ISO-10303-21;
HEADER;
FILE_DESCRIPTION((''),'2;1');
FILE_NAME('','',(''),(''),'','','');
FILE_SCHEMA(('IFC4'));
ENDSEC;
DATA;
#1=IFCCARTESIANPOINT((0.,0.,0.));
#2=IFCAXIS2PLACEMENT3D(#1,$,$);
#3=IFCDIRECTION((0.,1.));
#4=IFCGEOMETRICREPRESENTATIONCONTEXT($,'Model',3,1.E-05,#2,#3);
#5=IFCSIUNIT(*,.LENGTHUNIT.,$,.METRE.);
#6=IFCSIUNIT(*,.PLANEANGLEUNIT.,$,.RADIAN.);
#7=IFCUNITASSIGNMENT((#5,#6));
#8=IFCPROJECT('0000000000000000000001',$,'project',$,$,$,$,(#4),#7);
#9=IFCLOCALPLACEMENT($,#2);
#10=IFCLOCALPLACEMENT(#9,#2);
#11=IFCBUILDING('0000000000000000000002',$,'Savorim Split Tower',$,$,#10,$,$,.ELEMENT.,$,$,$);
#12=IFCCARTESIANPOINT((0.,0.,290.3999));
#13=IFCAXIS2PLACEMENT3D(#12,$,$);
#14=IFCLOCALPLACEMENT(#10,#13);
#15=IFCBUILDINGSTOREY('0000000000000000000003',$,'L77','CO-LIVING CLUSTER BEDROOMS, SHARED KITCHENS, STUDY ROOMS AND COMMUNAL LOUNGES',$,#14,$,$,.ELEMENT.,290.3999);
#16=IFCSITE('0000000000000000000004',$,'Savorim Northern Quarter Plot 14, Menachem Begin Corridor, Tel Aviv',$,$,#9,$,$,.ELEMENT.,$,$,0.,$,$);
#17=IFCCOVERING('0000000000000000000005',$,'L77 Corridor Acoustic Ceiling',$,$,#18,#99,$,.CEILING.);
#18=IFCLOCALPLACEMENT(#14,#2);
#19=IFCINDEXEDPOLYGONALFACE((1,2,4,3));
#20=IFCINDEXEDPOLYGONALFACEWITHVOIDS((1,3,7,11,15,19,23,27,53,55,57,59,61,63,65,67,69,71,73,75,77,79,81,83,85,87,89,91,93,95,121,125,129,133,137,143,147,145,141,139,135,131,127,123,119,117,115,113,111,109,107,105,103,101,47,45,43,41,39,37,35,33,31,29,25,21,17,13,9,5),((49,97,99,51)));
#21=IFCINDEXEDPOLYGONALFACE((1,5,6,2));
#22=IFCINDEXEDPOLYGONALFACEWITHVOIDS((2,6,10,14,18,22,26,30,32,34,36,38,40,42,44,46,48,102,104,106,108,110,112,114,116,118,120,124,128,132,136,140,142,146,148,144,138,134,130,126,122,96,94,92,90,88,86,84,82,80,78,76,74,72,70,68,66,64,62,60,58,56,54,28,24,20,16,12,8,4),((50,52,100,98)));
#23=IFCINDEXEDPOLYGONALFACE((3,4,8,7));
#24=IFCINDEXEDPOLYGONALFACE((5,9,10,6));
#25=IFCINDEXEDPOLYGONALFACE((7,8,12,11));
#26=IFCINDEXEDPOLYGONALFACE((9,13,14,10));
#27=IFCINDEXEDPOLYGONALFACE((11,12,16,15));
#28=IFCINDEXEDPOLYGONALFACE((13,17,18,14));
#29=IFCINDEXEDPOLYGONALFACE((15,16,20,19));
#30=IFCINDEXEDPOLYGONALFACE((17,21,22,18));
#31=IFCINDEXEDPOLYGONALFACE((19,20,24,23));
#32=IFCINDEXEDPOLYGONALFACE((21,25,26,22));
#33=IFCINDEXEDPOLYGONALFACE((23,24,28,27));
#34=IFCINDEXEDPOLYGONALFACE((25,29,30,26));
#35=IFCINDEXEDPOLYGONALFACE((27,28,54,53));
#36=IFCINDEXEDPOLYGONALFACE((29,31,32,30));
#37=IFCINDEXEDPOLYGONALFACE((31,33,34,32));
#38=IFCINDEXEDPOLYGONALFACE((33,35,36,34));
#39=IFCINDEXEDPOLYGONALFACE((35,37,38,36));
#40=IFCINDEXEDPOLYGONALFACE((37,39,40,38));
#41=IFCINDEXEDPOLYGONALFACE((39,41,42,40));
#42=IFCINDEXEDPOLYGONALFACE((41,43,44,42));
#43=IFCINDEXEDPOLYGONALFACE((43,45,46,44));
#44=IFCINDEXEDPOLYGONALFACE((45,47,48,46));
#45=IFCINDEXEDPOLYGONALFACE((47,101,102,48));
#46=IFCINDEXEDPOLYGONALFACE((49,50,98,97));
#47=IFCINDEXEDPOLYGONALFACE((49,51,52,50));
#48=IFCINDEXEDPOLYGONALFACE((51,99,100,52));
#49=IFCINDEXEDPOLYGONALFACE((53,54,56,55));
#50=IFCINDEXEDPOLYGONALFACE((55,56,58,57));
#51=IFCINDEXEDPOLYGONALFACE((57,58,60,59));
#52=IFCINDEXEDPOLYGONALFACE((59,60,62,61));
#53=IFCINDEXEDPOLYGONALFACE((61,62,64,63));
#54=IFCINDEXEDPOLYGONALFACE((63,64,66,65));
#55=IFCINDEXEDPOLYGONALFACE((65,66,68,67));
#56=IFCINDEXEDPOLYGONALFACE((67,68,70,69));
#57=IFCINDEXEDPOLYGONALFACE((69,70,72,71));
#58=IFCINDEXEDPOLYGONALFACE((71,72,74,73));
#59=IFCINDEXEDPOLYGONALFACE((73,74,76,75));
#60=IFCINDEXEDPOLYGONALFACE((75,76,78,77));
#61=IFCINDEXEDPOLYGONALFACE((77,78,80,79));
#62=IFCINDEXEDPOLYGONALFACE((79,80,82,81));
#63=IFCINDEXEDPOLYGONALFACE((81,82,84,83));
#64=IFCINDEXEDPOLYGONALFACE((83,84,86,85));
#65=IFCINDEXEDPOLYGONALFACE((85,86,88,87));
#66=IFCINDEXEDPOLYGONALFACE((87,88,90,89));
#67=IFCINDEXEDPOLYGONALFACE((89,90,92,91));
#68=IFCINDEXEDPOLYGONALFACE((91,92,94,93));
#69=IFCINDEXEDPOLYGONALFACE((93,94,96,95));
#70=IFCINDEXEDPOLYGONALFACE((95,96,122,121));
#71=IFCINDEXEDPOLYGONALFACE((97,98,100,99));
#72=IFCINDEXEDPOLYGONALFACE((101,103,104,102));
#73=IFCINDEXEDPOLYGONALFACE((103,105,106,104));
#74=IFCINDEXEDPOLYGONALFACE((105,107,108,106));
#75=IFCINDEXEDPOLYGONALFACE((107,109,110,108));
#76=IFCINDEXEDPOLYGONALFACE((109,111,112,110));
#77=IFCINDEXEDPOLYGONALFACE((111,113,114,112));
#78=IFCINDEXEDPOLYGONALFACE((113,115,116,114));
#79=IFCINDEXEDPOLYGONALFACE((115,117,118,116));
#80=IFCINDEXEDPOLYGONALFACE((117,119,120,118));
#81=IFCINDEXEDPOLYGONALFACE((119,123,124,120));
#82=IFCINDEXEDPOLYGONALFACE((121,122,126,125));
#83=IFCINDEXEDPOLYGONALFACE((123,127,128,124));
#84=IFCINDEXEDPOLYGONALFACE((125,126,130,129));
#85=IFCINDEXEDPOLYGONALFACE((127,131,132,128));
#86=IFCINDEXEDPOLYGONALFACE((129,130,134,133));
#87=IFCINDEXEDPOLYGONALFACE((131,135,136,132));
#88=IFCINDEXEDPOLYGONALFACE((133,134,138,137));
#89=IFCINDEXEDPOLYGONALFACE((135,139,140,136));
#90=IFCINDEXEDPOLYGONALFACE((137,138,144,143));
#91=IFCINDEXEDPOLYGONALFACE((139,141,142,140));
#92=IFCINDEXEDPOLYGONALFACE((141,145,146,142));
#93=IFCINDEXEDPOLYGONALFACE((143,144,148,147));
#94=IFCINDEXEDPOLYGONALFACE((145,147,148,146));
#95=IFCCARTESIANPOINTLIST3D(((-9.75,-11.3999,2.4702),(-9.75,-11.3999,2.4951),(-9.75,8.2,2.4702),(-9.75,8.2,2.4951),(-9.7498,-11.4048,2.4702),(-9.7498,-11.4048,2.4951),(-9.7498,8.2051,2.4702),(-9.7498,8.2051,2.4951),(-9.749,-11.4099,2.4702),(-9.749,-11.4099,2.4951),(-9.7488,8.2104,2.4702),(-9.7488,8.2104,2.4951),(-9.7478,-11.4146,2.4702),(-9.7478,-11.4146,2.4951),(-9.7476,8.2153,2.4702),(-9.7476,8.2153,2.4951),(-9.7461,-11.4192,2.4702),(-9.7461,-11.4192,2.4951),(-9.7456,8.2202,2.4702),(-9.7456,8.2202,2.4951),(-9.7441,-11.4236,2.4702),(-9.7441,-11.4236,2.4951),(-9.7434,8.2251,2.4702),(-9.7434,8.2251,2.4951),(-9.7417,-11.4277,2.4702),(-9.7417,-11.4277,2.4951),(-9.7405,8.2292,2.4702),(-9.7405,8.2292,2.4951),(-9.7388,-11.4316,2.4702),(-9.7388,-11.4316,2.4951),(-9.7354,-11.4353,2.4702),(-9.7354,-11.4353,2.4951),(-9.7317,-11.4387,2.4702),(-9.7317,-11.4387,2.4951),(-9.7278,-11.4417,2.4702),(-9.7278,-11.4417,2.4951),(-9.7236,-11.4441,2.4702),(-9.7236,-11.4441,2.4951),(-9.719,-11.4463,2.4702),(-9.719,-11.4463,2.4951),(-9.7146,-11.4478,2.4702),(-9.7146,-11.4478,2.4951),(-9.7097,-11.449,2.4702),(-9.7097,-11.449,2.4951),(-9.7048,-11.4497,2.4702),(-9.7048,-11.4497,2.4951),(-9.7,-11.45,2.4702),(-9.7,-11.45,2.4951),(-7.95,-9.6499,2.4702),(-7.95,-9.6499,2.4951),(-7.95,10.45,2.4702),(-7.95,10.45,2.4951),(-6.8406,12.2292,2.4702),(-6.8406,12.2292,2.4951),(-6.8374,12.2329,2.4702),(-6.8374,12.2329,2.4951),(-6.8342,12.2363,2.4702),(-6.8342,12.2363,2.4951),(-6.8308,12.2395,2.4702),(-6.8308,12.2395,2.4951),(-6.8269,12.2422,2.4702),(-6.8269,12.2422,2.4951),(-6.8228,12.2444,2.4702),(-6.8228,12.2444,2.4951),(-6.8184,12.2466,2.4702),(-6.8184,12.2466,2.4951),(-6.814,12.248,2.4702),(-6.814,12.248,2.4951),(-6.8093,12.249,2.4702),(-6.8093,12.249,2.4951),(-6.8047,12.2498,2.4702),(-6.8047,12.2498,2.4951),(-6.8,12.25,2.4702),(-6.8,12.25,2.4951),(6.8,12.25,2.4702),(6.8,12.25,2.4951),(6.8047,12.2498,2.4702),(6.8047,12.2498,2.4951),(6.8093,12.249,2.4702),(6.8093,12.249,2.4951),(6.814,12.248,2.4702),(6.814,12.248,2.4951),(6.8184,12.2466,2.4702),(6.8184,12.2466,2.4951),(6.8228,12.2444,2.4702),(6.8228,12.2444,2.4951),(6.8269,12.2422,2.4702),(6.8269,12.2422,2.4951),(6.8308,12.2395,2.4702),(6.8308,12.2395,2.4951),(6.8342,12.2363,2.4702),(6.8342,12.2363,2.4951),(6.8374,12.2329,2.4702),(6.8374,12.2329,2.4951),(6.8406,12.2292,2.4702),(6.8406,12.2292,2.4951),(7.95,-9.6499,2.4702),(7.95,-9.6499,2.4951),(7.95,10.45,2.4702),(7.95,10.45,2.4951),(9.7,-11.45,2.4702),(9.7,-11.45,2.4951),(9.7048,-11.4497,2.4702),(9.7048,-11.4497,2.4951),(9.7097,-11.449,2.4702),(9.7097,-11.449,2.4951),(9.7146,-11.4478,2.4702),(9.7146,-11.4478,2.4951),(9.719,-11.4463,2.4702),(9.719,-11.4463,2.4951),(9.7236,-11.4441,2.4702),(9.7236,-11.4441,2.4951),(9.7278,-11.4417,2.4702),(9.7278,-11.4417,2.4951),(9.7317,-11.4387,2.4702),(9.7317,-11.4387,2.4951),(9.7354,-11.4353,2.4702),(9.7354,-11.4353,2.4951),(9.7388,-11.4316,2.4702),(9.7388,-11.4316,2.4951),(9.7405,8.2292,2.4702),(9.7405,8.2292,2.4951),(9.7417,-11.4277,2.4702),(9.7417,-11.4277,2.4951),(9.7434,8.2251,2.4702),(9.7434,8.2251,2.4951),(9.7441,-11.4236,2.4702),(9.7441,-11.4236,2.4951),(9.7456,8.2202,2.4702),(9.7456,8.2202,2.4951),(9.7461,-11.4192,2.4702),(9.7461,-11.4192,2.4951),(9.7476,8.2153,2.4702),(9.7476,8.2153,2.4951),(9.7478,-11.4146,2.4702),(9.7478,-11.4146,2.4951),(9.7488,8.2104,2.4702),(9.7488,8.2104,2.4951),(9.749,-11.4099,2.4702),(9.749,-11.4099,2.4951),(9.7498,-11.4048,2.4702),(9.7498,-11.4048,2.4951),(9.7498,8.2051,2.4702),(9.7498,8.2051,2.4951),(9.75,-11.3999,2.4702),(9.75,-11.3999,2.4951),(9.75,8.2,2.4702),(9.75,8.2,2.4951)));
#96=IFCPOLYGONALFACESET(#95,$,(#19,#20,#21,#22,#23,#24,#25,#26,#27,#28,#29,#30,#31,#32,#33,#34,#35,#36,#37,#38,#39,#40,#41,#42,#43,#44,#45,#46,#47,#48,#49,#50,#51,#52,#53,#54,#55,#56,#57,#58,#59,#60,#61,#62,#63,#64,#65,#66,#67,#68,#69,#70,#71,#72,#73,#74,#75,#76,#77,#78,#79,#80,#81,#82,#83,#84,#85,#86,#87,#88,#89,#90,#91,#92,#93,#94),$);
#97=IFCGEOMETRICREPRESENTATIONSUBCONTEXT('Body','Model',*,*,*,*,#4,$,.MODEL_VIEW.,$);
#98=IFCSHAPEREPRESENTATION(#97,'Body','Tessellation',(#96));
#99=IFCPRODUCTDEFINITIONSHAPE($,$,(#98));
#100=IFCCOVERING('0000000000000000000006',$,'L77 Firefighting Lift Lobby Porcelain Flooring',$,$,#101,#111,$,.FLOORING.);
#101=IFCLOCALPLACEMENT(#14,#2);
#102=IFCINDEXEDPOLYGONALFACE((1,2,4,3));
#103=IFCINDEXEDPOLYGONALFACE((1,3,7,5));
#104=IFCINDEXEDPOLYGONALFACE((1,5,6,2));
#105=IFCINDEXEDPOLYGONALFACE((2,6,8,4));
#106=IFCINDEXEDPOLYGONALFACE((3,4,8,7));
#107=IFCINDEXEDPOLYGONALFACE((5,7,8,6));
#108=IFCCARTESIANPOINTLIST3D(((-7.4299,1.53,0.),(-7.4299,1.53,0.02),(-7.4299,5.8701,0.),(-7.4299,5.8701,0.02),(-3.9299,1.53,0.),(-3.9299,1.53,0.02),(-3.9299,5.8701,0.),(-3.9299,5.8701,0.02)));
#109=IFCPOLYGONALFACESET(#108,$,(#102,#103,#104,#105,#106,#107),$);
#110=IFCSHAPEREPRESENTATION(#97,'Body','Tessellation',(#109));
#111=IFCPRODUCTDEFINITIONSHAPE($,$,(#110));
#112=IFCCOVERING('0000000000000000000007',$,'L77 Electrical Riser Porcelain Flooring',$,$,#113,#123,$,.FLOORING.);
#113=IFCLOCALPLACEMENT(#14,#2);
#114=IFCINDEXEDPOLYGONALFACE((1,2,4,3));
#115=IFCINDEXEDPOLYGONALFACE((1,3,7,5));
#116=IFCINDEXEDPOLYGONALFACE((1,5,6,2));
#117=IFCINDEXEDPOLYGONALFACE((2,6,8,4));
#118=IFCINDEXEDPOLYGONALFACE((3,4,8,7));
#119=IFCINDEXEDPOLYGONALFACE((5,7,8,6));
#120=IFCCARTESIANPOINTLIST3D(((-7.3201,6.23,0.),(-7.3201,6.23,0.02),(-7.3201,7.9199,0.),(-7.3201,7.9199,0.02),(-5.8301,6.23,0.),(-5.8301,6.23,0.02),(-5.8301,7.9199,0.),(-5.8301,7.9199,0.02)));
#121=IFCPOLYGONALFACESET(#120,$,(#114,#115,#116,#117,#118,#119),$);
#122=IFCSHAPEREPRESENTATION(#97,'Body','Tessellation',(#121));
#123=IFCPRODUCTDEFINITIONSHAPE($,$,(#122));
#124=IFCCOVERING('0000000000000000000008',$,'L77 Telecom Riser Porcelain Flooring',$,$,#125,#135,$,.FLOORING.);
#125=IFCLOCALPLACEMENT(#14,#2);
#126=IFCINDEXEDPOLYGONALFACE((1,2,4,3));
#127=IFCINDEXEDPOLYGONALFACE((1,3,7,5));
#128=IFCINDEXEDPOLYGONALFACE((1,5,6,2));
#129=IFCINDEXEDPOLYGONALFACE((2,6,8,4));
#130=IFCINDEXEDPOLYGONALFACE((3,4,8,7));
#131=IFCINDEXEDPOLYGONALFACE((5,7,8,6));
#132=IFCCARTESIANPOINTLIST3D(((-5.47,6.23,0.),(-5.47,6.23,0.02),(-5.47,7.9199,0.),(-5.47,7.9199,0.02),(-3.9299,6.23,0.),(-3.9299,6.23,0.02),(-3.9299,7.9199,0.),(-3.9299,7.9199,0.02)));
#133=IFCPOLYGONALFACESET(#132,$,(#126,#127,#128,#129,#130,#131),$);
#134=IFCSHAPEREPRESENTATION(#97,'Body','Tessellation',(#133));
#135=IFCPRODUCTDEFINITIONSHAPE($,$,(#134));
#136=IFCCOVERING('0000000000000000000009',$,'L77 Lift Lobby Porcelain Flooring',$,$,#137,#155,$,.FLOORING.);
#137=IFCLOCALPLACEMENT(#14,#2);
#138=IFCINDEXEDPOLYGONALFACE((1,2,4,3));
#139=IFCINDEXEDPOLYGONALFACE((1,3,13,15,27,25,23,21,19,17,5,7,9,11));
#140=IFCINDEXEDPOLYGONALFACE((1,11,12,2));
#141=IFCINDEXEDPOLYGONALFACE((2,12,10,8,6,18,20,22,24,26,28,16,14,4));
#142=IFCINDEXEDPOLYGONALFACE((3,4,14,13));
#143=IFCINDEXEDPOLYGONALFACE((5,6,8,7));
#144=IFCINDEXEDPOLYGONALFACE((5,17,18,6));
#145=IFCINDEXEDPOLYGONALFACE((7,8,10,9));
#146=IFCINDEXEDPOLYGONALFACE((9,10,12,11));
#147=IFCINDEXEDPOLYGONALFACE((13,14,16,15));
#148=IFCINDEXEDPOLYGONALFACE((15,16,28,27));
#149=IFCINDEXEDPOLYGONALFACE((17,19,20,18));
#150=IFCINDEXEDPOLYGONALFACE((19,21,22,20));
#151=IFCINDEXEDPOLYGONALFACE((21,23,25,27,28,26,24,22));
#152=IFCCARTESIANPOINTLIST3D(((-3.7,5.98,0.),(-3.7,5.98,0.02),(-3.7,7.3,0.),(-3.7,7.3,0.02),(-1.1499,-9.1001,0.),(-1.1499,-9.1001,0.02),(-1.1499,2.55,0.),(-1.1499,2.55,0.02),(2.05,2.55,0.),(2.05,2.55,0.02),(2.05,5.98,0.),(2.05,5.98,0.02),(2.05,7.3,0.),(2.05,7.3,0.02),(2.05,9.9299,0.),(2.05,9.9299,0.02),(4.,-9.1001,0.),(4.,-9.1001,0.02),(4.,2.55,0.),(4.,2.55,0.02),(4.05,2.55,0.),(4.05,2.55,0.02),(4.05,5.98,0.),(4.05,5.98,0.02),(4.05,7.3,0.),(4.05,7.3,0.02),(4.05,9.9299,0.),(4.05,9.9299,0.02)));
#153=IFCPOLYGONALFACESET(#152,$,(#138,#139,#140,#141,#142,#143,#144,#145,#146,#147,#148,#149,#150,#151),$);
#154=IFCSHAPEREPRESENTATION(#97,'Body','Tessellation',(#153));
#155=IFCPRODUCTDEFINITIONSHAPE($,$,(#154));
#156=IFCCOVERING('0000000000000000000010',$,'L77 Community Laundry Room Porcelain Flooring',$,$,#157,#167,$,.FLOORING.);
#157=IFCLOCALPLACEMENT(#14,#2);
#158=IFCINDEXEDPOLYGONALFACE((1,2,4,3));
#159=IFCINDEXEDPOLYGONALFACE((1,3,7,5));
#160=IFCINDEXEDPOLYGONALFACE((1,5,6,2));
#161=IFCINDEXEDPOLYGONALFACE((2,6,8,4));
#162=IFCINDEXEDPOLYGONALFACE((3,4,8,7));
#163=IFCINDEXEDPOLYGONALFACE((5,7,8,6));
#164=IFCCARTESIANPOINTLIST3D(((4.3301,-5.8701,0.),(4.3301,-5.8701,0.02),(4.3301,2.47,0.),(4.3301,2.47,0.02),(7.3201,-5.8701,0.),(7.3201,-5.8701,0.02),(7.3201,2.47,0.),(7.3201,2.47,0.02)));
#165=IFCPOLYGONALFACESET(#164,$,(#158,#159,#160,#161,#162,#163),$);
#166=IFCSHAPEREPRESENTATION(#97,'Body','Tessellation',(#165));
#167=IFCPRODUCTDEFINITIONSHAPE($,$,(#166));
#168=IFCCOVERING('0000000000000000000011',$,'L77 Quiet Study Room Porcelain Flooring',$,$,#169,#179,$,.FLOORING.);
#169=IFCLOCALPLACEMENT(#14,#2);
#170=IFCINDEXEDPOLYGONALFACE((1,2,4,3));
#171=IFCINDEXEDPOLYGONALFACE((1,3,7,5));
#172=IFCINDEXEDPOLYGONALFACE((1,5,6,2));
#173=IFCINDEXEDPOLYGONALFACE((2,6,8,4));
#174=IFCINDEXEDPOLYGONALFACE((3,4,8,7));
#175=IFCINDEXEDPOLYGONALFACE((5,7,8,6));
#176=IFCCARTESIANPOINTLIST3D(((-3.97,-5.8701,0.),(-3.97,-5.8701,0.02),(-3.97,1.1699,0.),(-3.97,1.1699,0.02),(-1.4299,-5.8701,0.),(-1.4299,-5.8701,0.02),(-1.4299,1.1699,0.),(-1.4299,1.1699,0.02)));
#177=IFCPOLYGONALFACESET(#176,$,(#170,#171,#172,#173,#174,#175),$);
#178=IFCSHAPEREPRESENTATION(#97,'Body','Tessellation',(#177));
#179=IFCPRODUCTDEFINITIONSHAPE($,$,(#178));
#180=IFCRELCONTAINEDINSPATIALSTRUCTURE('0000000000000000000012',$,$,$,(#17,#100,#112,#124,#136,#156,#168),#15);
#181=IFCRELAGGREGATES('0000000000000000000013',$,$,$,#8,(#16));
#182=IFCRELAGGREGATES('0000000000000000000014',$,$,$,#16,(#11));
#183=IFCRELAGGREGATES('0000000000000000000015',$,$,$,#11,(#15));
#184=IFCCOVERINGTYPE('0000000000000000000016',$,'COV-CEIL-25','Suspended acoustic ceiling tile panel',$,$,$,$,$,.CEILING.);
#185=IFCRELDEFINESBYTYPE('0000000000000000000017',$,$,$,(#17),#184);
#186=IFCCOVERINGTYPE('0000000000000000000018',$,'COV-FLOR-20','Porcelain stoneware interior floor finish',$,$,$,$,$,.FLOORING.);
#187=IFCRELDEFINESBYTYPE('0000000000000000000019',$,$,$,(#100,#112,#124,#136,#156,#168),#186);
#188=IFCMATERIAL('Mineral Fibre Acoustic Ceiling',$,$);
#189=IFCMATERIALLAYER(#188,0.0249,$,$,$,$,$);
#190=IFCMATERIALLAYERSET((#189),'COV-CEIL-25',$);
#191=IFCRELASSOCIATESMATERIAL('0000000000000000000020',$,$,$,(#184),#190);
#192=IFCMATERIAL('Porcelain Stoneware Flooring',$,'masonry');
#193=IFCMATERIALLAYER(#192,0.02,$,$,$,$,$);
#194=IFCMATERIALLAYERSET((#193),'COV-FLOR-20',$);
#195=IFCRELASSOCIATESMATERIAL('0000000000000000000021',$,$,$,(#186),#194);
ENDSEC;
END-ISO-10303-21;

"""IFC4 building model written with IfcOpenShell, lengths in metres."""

from ifc_helpers import new_model, si_unit, direction, frame, origin, place, context, subcontext, project, spatial, polyline, outline, extrude, material, layer, layer_set, type_object, element, save


model = new_model("IFC4")

# Units and contexts
model_context = context("Model", 3, precision=1e-05, world=origin(), true_north=direction((0.0, 1.0)))
body_context = subcontext(model_context, "Body", "Model", "MODEL_VIEW")
ifc_project = project(units=[si_unit("LENGTHUNIT", "METRE"), si_unit("PLANEANGLEUNIT", "RADIAN")], contexts=[model_context])

# Site, building, storey
site_placement = place(None, origin())
site = spatial("IfcSite", under=ifc_project, at=site_placement, Name="Savorim Northern Quarter Plot 14, Menachem Begin Corridor, Tel Aviv", CompositionType="ELEMENT", RefElevation=0.0)
building_placement = place(site_placement, origin())
building = spatial("IfcBuilding", under=site, at=building_placement, Name="Savorim Split Tower", CompositionType="ELEMENT")
storey_placement = place(building_placement, frame((0.0, 0.0, 290.3999)))
storey = spatial("IfcBuildingStorey", under=building, at=storey_placement, Name="L77", Description="CO-LIVING CLUSTER BEDROOMS, SHARED KITCHENS, STUDY ROOMS AND COMMUNAL LOUNGES", CompositionType="ELEMENT", Elevation=290.3999)

# Coverings
ifc_material_1 = material(Name="Mineral Fibre Acoustic Ceiling")
ifc_layer_1 = layer(ifc_material_1, 0.0249)
ifc_layer_set_1 = layer_set([ifc_layer_1], Name="COV-CEIL-25")
covering_type_1 = type_object("IfcCoveringType", Name="COV-CEIL-25", Description="Suspended acoustic ceiling tile panel", PredefinedType="CEILING", material=ifc_layer_set_1)
covering_1_placement = place(storey_placement, frame((0.0, 0.0, 2.4702)))
element("IfcCovering", 1, at=covering_1_placement, inside=storey, type_object=covering_type_1, Name="L77 Corridor Acoustic Ceiling", PredefinedType="CEILING", context=body_context, shape_type="SweptSolid", body=[
    extrude(outline(polyline([(6.8093, 12.249), (6.8047, 12.2498), (6.8, 12.25), (-6.8, 12.25), (-6.8047, 12.2498), (-6.8093, 12.249), (-6.814, 12.248), (-6.8184, 12.2466), (-6.8228, 12.2444), (-6.8269, 12.2422), (-6.8308, 12.2395), (-6.8342, 12.2363), (-6.8374, 12.2329), (-6.8406, 12.2292), (-9.7405, 8.2292), (-9.7434, 8.2251), (-9.7456, 8.2202), (-9.7476, 8.2153), (-9.7488, 8.2104), (-9.7498, 8.2051), (-9.75, 8.2), (-9.75, -11.3999), (-9.7498, -11.4048), (-9.749, -11.4099), (-9.7478, -11.4146), (-9.7461, -11.4192), (-9.7441, -11.4236), (-9.7417, -11.4277), (-9.7388, -11.4316), (-9.7354, -11.4353), (-9.7317, -11.4387), (-9.7278, -11.4417), (-9.7236, -11.4441), (-9.719, -11.4463), (-9.7146, -11.4478), (-9.7097, -11.449), (-9.7048, -11.4497), (-9.7, -11.45), (9.7, -11.45), (9.7048, -11.4497), (9.7097, -11.449), (9.7146, -11.4478), (9.719, -11.4463), (9.7236, -11.4441), (9.7278, -11.4417), (9.7317, -11.4387), (9.7354, -11.4353), (9.7388, -11.4316), (9.7417, -11.4277), (9.7441, -11.4236), (9.7461, -11.4192), (9.7478, -11.4146), (9.749, -11.4099), (9.7498, -11.4048), (9.75, -11.3999), (9.75, 8.2), (9.7498, 8.2051), (9.7488, 8.2104), (9.7476, 8.2153), (9.7456, 8.2202), (9.7434, 8.2251), (9.7405, 8.2292), (6.8406, 12.2292), (6.8374, 12.2329), (6.8342, 12.2363), (6.8308, 12.2395), (6.8269, 12.2422), (6.8228, 12.2444), (6.8184, 12.2466), (6.814, 12.248), (6.8093, 12.249)]), holes=[polyline([(-7.95, 10.45), (-7.95, -9.6499), (7.95, -9.6499), (7.95, 10.45), (-7.95, 10.45)])]), origin(), (0.0, 0.0, 1.0), 0.0249),
])
ifc_material_2 = material(Name="Porcelain Stoneware Flooring", Category="masonry")
ifc_layer_2 = layer(ifc_material_2, 0.02)
ifc_layer_set_2 = layer_set([ifc_layer_2], Name="COV-FLOR-20")
covering_type_2 = type_object("IfcCoveringType", Name="COV-FLOR-20", Description="Porcelain stoneware interior floor finish", PredefinedType="FLOORING", material=ifc_layer_set_2)
covering_2_placement = place(storey_placement, origin())
element("IfcCovering", 2, at=covering_2_placement, inside=storey, type_object=covering_type_2, Name="L77 Firefighting Lift Lobby Porcelain Flooring", PredefinedType="FLOORING", context=body_context, shape_type="SweptSolid", body=[
    extrude(outline(polyline([(-7.4299, 5.8701), (-7.4299, 1.53), (-3.9299, 1.53), (-3.9299, 5.8701), (-7.4299, 5.8701)])), origin(), (0.0, 0.0, 1.0), 0.02),
])
covering_3_placement = place(storey_placement, origin())
element("IfcCovering", 3, at=covering_3_placement, inside=storey, type_object=covering_type_2, Name="L77 Electrical Riser Porcelain Flooring", PredefinedType="FLOORING", context=body_context, shape_type="SweptSolid", body=[
    extrude(outline(polyline([(-7.3201, 7.9199), (-7.3201, 6.23), (-5.8301, 6.23), (-5.8301, 7.9199), (-7.3201, 7.9199)])), origin(), (0.0, 0.0, 1.0), 0.02),
])
covering_4_placement = place(storey_placement, origin())
element("IfcCovering", 4, at=covering_4_placement, inside=storey, type_object=covering_type_2, Name="L77 Telecom Riser Porcelain Flooring", PredefinedType="FLOORING", context=body_context, shape_type="SweptSolid", body=[
    extrude(outline(polyline([(-5.47, 7.9199), (-5.47, 6.23), (-3.9299, 6.23), (-3.9299, 7.9199), (-5.47, 7.9199)])), origin(), (0.0, 0.0, 1.0), 0.02),
])
covering_5_placement = place(storey_placement, origin())
element("IfcCovering", 5, at=covering_5_placement, inside=storey, type_object=covering_type_2, Name="L77 Lift Lobby Porcelain Flooring", PredefinedType="FLOORING", context=body_context, shape_type="SweptSolid", body=[
    extrude(outline(polyline([(2.05, 2.55), (-1.1499, 2.55), (-1.1499, -9.1001), (4.0, -9.1001), (4.0, 2.55), (4.05, 2.55), (4.05, 5.98), (4.05, 7.3), (4.05, 9.9299), (2.05, 9.9299), (2.05, 7.3), (-3.7, 7.3), (-3.7, 5.98), (2.05, 5.98), (2.05, 2.55)])), origin(), (0.0, 0.0, 1.0), 0.02),
])
covering_6_placement = place(storey_placement, origin())
element("IfcCovering", 6, at=covering_6_placement, inside=storey, type_object=covering_type_2, Name="L77 Community Laundry Room Porcelain Flooring", PredefinedType="FLOORING", context=body_context, shape_type="SweptSolid", body=[
    extrude(outline(polyline([(4.3301, 2.47), (4.3301, -5.8701), (7.3201, -5.8701), (7.3201, 2.47), (4.3301, 2.47)])), origin(), (0.0, 0.0, 1.0), 0.02),
])
covering_7_placement = place(storey_placement, origin())
element("IfcCovering", 7, at=covering_7_placement, inside=storey, type_object=covering_type_2, Name="L77 Quiet Study Room Porcelain Flooring", PredefinedType="FLOORING", context=body_context, shape_type="SweptSolid", body=[
    extrude(outline(polyline([(-3.97, 1.1699), (-3.97, -5.8701), (-1.4299, -5.8701), (-1.4299, 1.1699), (-3.97, 1.1699)])), origin(), (0.0, 0.0, 1.0), 0.02),
])

save(model, "model.ifc")
